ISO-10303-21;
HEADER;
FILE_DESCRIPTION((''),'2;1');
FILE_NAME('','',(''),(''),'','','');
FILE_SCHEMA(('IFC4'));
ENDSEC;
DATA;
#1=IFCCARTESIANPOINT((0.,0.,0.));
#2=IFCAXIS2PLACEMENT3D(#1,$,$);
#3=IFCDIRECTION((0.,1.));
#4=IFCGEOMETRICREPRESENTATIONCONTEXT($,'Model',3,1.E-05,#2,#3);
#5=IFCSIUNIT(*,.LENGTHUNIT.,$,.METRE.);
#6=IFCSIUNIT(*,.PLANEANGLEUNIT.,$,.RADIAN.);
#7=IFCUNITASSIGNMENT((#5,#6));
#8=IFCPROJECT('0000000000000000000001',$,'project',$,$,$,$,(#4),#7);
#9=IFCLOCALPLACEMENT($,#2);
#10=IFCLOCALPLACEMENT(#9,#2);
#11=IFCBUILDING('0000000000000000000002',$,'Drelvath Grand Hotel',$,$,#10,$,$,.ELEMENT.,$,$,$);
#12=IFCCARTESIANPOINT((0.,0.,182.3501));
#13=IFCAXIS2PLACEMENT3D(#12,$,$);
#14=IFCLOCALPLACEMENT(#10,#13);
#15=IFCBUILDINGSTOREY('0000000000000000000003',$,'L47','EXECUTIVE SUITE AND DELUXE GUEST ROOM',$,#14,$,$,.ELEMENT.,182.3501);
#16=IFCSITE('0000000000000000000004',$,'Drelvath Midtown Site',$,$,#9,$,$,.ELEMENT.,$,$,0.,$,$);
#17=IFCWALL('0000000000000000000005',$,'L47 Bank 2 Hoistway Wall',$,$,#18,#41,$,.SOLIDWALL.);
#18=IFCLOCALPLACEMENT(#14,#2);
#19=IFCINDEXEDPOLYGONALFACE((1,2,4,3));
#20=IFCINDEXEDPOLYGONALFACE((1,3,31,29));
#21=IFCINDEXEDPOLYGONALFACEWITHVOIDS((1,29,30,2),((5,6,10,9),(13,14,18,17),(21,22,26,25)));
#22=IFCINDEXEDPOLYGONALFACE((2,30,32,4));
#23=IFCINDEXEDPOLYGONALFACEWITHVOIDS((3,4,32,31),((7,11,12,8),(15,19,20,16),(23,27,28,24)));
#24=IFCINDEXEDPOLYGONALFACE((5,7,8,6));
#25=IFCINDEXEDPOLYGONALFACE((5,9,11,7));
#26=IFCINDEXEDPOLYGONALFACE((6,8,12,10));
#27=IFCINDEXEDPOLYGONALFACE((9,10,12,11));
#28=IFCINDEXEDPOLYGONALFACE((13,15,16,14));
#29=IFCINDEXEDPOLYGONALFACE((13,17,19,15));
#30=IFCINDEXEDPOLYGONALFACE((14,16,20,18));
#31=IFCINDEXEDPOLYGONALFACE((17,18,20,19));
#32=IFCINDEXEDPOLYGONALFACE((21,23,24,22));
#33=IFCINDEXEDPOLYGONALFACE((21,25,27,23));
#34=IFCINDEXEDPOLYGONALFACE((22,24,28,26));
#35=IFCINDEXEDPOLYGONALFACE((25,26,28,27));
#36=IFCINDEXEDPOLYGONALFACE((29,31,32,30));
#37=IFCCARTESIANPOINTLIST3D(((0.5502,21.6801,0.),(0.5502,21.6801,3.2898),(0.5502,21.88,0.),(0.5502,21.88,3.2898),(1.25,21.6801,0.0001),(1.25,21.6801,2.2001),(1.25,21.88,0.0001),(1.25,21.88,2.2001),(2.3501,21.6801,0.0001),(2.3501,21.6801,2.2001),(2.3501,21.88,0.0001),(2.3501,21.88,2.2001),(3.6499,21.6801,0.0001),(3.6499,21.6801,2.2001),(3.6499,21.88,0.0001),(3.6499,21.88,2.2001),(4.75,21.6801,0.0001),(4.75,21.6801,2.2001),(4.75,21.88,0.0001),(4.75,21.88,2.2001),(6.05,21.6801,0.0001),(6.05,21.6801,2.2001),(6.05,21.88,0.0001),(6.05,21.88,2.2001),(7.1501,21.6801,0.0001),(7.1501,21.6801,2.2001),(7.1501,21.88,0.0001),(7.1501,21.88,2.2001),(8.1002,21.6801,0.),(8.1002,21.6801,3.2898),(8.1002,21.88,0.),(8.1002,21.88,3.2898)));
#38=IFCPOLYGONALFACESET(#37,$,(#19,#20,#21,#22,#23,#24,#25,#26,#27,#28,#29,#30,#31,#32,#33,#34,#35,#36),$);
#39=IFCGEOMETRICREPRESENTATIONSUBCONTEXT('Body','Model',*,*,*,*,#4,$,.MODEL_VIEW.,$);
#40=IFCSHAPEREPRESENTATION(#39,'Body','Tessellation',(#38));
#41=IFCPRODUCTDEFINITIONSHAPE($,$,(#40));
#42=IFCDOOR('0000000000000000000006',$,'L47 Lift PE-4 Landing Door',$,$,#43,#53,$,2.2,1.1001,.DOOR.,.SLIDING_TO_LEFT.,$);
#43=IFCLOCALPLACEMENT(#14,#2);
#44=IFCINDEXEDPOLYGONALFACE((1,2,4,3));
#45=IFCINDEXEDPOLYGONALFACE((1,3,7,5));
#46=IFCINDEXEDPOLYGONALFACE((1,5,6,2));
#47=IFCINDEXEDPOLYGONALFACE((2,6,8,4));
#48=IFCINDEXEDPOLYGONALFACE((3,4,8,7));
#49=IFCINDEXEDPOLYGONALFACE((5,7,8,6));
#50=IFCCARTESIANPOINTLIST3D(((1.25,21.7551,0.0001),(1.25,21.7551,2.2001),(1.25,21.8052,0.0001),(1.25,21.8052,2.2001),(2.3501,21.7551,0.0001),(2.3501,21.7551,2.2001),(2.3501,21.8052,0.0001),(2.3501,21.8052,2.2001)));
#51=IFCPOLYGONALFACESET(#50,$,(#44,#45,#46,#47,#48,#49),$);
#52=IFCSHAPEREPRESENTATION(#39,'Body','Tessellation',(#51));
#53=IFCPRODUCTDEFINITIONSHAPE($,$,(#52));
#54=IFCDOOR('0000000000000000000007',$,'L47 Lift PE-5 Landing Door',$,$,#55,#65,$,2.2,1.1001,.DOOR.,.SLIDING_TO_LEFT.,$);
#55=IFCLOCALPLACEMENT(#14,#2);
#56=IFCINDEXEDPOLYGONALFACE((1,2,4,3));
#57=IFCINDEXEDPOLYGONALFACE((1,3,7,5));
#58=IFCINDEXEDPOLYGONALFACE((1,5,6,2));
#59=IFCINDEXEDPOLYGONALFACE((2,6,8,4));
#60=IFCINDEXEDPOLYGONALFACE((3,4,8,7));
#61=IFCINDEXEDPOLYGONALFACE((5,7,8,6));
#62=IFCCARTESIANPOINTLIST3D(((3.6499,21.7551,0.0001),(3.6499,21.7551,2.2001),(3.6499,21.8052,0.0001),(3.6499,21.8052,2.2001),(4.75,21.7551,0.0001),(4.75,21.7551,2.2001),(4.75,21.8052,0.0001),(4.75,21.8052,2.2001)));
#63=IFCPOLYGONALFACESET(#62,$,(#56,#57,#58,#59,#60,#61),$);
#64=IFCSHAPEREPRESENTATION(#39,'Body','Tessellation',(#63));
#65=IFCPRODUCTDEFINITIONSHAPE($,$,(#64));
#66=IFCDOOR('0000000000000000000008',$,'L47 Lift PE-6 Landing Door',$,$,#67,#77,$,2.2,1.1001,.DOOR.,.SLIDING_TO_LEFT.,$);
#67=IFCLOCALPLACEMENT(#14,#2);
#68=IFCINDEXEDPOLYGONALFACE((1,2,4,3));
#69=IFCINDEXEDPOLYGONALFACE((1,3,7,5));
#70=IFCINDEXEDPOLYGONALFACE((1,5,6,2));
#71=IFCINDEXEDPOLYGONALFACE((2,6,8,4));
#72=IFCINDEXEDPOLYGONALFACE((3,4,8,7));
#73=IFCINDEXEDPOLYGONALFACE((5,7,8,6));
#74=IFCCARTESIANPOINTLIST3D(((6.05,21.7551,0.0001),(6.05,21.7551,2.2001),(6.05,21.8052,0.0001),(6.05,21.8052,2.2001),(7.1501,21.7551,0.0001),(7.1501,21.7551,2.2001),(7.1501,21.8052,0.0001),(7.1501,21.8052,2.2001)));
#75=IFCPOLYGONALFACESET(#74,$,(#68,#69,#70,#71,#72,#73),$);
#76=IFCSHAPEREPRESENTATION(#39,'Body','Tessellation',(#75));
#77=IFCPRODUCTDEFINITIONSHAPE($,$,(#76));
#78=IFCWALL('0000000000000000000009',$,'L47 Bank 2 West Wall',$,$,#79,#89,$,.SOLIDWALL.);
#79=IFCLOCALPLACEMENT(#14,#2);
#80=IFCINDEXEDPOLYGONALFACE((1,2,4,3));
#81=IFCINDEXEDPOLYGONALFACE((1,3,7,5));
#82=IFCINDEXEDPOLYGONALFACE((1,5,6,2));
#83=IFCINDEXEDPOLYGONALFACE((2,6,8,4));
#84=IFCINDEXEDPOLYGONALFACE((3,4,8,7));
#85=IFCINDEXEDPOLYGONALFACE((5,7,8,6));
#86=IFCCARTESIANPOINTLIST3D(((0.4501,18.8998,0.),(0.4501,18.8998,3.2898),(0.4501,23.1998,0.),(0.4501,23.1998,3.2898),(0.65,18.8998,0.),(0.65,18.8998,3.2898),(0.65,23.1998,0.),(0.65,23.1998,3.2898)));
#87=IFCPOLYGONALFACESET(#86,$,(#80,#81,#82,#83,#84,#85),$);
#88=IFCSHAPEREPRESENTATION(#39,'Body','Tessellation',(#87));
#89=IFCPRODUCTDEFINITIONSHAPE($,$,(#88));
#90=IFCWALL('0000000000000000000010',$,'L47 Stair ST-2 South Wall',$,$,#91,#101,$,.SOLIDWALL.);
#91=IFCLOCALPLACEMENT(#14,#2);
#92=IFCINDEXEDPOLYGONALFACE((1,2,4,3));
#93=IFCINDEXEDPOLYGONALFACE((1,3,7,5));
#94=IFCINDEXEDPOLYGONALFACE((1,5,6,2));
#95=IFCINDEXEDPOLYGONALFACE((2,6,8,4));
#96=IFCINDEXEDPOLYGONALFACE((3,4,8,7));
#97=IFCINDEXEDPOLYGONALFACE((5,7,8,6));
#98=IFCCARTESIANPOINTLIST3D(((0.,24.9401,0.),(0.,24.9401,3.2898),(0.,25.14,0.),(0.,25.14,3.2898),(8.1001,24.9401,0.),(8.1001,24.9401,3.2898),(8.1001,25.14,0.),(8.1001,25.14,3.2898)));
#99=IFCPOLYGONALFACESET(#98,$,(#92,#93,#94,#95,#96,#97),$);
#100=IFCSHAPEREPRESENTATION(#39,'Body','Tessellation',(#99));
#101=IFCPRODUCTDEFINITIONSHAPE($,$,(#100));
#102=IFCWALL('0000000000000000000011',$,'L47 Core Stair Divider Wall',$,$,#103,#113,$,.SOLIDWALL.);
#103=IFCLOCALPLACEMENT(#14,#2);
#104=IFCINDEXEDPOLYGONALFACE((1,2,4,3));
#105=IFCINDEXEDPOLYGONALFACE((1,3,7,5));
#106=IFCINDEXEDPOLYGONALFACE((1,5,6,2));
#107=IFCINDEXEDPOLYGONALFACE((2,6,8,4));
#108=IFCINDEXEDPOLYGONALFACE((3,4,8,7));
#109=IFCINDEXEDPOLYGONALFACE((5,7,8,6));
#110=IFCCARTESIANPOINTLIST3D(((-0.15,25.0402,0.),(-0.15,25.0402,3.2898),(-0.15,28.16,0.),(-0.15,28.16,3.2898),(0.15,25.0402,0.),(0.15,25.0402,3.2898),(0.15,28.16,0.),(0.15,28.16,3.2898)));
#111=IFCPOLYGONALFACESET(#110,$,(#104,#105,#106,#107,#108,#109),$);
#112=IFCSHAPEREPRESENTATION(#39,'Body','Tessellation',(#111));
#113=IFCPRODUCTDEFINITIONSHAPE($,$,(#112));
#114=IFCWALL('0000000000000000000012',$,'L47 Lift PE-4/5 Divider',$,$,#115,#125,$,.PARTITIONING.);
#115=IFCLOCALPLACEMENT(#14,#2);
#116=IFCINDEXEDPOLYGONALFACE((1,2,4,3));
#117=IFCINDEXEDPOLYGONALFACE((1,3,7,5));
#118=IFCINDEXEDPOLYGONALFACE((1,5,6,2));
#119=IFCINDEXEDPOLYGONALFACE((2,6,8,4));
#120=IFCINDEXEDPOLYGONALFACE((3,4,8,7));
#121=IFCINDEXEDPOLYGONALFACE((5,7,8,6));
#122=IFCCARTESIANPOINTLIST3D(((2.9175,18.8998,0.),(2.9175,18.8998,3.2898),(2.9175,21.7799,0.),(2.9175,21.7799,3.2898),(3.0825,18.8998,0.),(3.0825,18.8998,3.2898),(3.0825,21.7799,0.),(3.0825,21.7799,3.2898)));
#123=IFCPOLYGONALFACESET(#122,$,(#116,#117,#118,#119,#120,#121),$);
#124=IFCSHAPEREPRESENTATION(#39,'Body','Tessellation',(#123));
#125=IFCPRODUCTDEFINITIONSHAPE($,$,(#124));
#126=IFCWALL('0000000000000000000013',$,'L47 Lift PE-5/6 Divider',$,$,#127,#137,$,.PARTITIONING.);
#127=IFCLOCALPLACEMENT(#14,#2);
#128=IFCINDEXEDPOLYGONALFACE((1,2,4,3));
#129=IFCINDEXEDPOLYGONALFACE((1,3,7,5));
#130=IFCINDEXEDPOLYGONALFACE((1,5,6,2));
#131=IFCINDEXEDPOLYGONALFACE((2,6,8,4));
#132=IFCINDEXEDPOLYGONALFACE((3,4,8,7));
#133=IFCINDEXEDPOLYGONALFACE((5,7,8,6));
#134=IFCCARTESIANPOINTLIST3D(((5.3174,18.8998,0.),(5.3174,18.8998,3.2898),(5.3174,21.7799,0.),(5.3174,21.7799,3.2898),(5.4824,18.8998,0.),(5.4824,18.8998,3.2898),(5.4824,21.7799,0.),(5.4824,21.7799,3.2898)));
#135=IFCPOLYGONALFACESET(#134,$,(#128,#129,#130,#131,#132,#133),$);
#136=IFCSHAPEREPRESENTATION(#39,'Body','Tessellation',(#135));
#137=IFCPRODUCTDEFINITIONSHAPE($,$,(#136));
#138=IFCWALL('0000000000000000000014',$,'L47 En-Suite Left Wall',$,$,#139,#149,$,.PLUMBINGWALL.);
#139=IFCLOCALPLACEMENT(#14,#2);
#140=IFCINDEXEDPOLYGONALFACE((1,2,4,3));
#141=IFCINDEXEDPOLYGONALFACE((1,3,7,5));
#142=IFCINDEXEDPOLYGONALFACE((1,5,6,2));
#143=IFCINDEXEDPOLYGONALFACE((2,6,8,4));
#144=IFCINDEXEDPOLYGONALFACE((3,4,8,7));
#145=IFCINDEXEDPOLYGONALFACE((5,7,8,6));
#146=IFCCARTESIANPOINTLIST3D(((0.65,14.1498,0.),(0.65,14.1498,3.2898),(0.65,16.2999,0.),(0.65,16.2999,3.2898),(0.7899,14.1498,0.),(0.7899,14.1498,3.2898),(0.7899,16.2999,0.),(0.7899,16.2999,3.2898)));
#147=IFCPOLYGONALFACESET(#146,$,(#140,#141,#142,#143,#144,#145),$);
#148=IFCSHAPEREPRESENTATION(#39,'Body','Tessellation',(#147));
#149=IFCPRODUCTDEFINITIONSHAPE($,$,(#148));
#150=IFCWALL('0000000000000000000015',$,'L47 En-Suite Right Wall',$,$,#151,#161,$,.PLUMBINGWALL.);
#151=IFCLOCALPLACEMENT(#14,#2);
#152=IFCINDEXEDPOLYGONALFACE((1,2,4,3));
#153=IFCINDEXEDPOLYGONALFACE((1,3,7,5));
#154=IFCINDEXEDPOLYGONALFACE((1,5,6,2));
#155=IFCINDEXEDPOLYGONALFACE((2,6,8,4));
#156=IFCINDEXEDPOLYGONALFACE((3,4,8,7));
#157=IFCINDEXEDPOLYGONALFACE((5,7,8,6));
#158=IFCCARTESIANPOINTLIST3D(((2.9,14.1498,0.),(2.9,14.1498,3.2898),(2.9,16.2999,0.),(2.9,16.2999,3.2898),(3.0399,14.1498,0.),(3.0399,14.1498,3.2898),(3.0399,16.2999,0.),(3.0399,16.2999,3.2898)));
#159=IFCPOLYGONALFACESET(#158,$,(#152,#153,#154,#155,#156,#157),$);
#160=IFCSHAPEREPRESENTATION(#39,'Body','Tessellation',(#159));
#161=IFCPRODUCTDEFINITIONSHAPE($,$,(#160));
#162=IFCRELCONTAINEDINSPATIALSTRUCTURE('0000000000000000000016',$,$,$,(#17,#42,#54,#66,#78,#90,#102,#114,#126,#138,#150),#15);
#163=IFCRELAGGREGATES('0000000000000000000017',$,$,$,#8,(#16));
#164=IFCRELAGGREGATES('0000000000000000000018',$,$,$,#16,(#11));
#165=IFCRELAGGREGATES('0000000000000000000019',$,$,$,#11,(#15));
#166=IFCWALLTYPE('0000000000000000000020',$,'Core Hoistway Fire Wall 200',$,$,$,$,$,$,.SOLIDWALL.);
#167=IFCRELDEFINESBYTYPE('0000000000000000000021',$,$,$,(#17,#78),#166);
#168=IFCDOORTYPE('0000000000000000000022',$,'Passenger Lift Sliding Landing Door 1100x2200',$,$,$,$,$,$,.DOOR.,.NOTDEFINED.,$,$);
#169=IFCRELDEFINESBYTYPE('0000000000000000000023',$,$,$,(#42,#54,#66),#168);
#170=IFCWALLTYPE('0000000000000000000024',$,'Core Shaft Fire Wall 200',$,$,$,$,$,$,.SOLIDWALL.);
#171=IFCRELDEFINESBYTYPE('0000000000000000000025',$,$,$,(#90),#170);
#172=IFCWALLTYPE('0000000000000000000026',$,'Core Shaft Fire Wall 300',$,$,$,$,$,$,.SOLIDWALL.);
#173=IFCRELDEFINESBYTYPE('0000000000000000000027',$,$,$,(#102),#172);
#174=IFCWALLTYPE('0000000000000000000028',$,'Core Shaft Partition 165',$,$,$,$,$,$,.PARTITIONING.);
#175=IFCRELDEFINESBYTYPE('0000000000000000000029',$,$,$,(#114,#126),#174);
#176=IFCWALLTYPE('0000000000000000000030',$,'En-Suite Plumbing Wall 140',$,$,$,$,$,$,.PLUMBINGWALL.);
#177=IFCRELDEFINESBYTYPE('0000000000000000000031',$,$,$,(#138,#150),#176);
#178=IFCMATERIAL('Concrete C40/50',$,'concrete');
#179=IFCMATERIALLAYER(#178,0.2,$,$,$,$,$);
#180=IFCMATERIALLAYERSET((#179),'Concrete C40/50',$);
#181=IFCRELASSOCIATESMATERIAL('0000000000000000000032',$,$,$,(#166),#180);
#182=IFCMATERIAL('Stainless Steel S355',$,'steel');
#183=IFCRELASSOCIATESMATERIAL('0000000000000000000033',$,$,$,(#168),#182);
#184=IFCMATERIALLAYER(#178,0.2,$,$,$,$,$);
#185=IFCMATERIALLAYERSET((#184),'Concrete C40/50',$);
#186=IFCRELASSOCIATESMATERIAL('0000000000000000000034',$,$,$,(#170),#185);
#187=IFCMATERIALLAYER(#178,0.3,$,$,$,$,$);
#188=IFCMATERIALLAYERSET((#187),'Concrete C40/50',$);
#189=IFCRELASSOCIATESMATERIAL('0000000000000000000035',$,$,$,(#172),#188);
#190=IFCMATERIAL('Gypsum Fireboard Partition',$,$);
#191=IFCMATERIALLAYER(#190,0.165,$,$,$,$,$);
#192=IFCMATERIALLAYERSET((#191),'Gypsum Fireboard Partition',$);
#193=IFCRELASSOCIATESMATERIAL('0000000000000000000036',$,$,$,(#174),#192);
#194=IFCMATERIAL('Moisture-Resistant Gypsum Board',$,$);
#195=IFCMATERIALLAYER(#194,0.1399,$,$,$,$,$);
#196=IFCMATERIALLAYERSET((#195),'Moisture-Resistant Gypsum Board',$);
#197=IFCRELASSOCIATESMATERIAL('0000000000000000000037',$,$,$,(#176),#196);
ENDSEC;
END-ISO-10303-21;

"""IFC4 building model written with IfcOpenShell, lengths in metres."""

from ifc_helpers import new_model, si_unit, direction, frame, frame_2d, origin, place, context, subcontext, project, spatial, rectangle, extrude, material, layer, layer_set, type_object, element, fill, save


model = new_model("IFC4")

# Units and contexts
model_context = context("Model", 3, precision=1e-05, world=origin(), true_north=direction((0.0, 1.0)))
body_context = subcontext(model_context, "Body", "Model", "MODEL_VIEW")
ifc_project = project(units=[si_unit("LENGTHUNIT", "METRE"), si_unit("PLANEANGLEUNIT", "RADIAN")], contexts=[model_context])

# Site, building, storey
site_placement = place(None, origin())
site = spatial("IfcSite", under=ifc_project, at=site_placement, Name="Drelvath Midtown Site", CompositionType="ELEMENT", RefElevation=0.0)
building_placement = place(site_placement, origin())
building = spatial("IfcBuilding", under=site, at=building_placement, Name="Drelvath Grand Hotel", CompositionType="ELEMENT")
storey_placement = place(building_placement, frame((0.0, 0.0, 182.3501)))
storey = spatial("IfcBuildingStorey", under=building, at=storey_placement, Name="L47", Description="EXECUTIVE SUITE AND DELUXE GUEST ROOM", CompositionType="ELEMENT", Elevation=182.3501)

# Wall, openings, doors
ifc_material_1 = material(Name="Concrete C40/50", Category="concrete")
ifc_layer_1 = layer(ifc_material_1, 0.2)
ifc_layer_set_1 = layer_set([ifc_layer_1], Name="Concrete C40/50")
wall_type_1 = type_object("IfcWallType", Name="Core Hoistway Fire Wall 200", PredefinedType="SOLIDWALL", material=ifc_layer_set_1)
wall_1_placement = place(storey_placement, frame((8.1001, 21.78, 0.0), z_axis=(0.0, 0.0, 1.0), x_axis=(-1.0, 0.0, 0.0)))
wall_1 = element("IfcWall", 1, at=wall_1_placement, inside=storey, type_object=wall_type_1, Name="L47 Bank 2 Hoistway Wall", PredefinedType="SOLIDWALL", context=body_context, shape_type="SweptSolid", body=[
    extrude(rectangle(XDim=7.55, YDim=0.2, at=frame_2d((3.7749, 0.0))), origin(), (0.0, 0.0, 1.0), 3.2898),
])
opening_1_placement = place(wall_1_placement, frame((5.75, 0.0, 0.0)))
opening_1 = element("IfcOpeningElement", 2, at=opening_1_placement, cuts=wall_1, PredefinedType="OPENING", context=body_context, shape_type="SweptSolid", body=[
    extrude(rectangle(XDim=1.1001, YDim=2.2, at=frame_2d((0.55, 1.1001))), frame((0.0, 0.1099, 0.0), z_axis=(0.0, -1.0, 0.0), x_axis=(1.0, 0.0, 0.0)), (0.0, 0.0, 1.0), 0.22),
])
opening_2_placement = place(wall_1_placement, frame((3.3501, 0.0, 0.0)))
opening_2 = element("IfcOpeningElement", 3, at=opening_2_placement, cuts=wall_1, PredefinedType="OPENING", context=body_context, shape_type="SweptSolid", body=[
    extrude(rectangle(XDim=1.1001, YDim=2.2, at=frame_2d((0.55, 1.1001))), frame((0.0, 0.1099, 0.0), z_axis=(0.0, -1.0, 0.0), x_axis=(1.0, 0.0, 0.0)), (0.0, 0.0, 1.0), 0.22),
])
opening_3_placement = place(wall_1_placement, frame((0.95, 0.0, 0.0)))
opening_3 = element("IfcOpeningElement", 4, at=opening_3_placement, cuts=wall_1, PredefinedType="OPENING", context=body_context, shape_type="SweptSolid", body=[
    extrude(rectangle(XDim=1.1001, YDim=2.2, at=frame_2d((0.55, 1.1001))), frame((0.0, 0.1099, 0.0), z_axis=(0.0, -1.0, 0.0), x_axis=(1.0, 0.0, 0.0)), (0.0, 0.0, 1.0), 0.22),
])
ifc_material_2 = material(Name="Stainless Steel S355", Category="steel")
door_type_1 = type_object("IfcDoorType", Name="Passenger Lift Sliding Landing Door 1100x2200", OperationType="NOTDEFINED", PredefinedType="DOOR", material=ifc_material_2)
door_1_placement = place(opening_1_placement, origin())
door_1 = element("IfcDoor", 5, at=door_1_placement, inside=storey, type_object=door_type_1, Name="L47 Lift PE-4 Landing Door", OperationType="SLIDING_TO_LEFT", OverallHeight=2.2, OverallWidth=1.1001, PredefinedType="DOOR", context=body_context, shape_type="SweptSolid", body=[
    extrude(rectangle(XDim=1.1001, YDim=2.2, at=frame_2d((0.55, 1.1001))), frame((0.0, 0.0249, 0.0), z_axis=(0.0, -1.0, 0.0), x_axis=(1.0, 0.0, 0.0)), (0.0, 0.0, 1.0), 0.05),
])
fill(opening_1, door_1)
door_2_placement = place(opening_2_placement, origin())
door_2 = element("IfcDoor", 6, at=door_2_placement, inside=storey, type_object=door_type_1, Name="L47 Lift PE-5 Landing Door", OperationType="SLIDING_TO_LEFT", OverallHeight=2.2, OverallWidth=1.1001, PredefinedType="DOOR", context=body_context, shape_type="SweptSolid", body=[
    extrude(rectangle(XDim=1.1001, YDim=2.2, at=frame_2d((0.55, 1.1001))), frame((0.0, 0.0249, 0.0), z_axis=(0.0, -1.0, 0.0), x_axis=(1.0, 0.0, 0.0)), (0.0, 0.0, 1.0), 0.05),
])
fill(opening_2, door_2)
door_3_placement = place(opening_3_placement, origin())
door_3 = element("IfcDoor", 7, at=door_3_placement, inside=storey, type_object=door_type_1, Name="L47 Lift PE-6 Landing Door", OperationType="SLIDING_TO_LEFT", OverallHeight=2.2, OverallWidth=1.1001, PredefinedType="DOOR", context=body_context, shape_type="SweptSolid", body=[
    extrude(rectangle(XDim=1.1001, YDim=2.2, at=frame_2d((0.55, 1.1001))), frame((0.0, 0.0249, 0.0), z_axis=(0.0, -1.0, 0.0), x_axis=(1.0, 0.0, 0.0)), (0.0, 0.0, 1.0), 0.05),
])
fill(opening_3, door_3)

# Walls
wall_2_placement = place(storey_placement, frame((0.55, 18.8999, 0.0), z_axis=(0.0, 0.0, 1.0), x_axis=(0.0, 1.0, 0.0)))
element("IfcWall", 8, at=wall_2_placement, inside=storey, type_object=wall_type_1, Name="L47 Bank 2 West Wall", PredefinedType="SOLIDWALL", context=body_context, shape_type="SweptSolid", body=[
    extrude(rectangle(XDim=4.3, YDim=0.2, at=frame_2d((2.1499, 0.0))), origin(), (0.0, 0.0, 1.0), 3.2898),
])
ifc_layer_2 = layer(ifc_material_1, 0.2)
ifc_layer_set_2 = layer_set([ifc_layer_2], Name="Concrete C40/50")
wall_type_2 = type_object("IfcWallType", Name="Core Shaft Fire Wall 200", PredefinedType="SOLIDWALL", material=ifc_layer_set_2)
wall_3_placement = place(storey_placement, frame((0.0, 25.04, 0.0), z_axis=(0.0, 0.0, 1.0), x_axis=(1.0, 0.0, 0.0)))
element("IfcWall", 9, at=wall_3_placement, inside=storey, type_object=wall_type_2, Name="L47 Stair ST-2 South Wall", PredefinedType="SOLIDWALL", context=body_context, shape_type="SweptSolid", body=[
    extrude(rectangle(XDim=8.1001, YDim=0.2, at=frame_2d((4.05, 0.0))), origin(), (0.0, 0.0, 1.0), 3.2898),
])
ifc_layer_3 = layer(ifc_material_1, 0.3)
ifc_layer_set_3 = layer_set([ifc_layer_3], Name="Concrete C40/50")
wall_type_3 = type_object("IfcWallType", Name="Core Shaft Fire Wall 300", PredefinedType="SOLIDWALL", material=ifc_layer_set_3)
wall_4_placement = place(storey_placement, frame((0.0, 25.04, 0.0), z_axis=(0.0, 0.0, 1.0), x_axis=(0.0, 1.0, 0.0)))
element("IfcWall", 10, at=wall_4_placement, inside=storey, type_object=wall_type_3, Name="L47 Core Stair Divider Wall", PredefinedType="SOLIDWALL", context=body_context, shape_type="SweptSolid", body=[
    extrude(rectangle(XDim=3.1199, YDim=0.3, at=frame_2d((1.5601, 0.0))), origin(), (0.0, 0.0, 1.0), 3.2898),
])
ifc_material_3 = material(Name="Gypsum Fireboard Partition")
ifc_layer_4 = layer(ifc_material_3, 0.165)
ifc_layer_set_4 = layer_set([ifc_layer_4], Name="Gypsum Fireboard Partition")
wall_type_4 = type_object("IfcWallType", Name="Core Shaft Partition 165", PredefinedType="PARTITIONING", material=ifc_layer_set_4)
for number, where, z_axis, x_axis, name in (
    (11, (3.0, 18.8999, 0.0), (0.0, 0.0, 1.0), (0.0, 1.0, 0.0), "L47 Lift PE-4/5 Divider"),
    (12, (5.3999, 18.8999, 0.0), (0.0, 0.0, 1.0), (0.0, 1.0, 0.0), "L47 Lift PE-5/6 Divider"),
):
    element("IfcWall", number, at=place(storey_placement, frame(where, z_axis=z_axis, x_axis=x_axis)), inside=storey, type_object=wall_type_4, Name=name, PredefinedType="PARTITIONING", context=body_context, shape_type="SweptSolid", body=[
        extrude(rectangle(XDim=2.8801, YDim=0.165, at=frame_2d((1.4399, 0.0))), origin(), (0.0, 0.0, 1.0), 3.2898),
    ])
ifc_material_4 = material(Name="Moisture-Resistant Gypsum Board")
ifc_layer_5 = layer(ifc_material_4, 0.1399)
ifc_layer_set_5 = layer_set([ifc_layer_5], Name="Moisture-Resistant Gypsum Board")
wall_type_5 = type_object("IfcWallType", Name="En-Suite Plumbing Wall 140", PredefinedType="PLUMBINGWALL", material=ifc_layer_set_5)
for number, where, z_axis, x_axis, name in (
    (13, (0.72, 16.3, 0.0), (0.0, 0.0, 1.0), (0.0, -1.0, 0.0), "L47 En-Suite Left Wall"),
    (14, (2.97, 16.3, 0.0), (0.0, 0.0, 1.0), (0.0, -1.0, 0.0), "L47 En-Suite Right Wall"),
):
    element("IfcWall", number, at=place(storey_placement, frame(where, z_axis=z_axis, x_axis=x_axis)), inside=storey, type_object=wall_type_5, Name=name, PredefinedType="PLUMBINGWALL", context=body_context, shape_type="SweptSolid", body=[
        extrude(rectangle(XDim=2.1501, YDim=0.1399, at=frame_2d((1.0752, 0.0))), origin(), (0.0, 0.0, 1.0), 3.2898),
    ])

save(model, "model.ifc")
